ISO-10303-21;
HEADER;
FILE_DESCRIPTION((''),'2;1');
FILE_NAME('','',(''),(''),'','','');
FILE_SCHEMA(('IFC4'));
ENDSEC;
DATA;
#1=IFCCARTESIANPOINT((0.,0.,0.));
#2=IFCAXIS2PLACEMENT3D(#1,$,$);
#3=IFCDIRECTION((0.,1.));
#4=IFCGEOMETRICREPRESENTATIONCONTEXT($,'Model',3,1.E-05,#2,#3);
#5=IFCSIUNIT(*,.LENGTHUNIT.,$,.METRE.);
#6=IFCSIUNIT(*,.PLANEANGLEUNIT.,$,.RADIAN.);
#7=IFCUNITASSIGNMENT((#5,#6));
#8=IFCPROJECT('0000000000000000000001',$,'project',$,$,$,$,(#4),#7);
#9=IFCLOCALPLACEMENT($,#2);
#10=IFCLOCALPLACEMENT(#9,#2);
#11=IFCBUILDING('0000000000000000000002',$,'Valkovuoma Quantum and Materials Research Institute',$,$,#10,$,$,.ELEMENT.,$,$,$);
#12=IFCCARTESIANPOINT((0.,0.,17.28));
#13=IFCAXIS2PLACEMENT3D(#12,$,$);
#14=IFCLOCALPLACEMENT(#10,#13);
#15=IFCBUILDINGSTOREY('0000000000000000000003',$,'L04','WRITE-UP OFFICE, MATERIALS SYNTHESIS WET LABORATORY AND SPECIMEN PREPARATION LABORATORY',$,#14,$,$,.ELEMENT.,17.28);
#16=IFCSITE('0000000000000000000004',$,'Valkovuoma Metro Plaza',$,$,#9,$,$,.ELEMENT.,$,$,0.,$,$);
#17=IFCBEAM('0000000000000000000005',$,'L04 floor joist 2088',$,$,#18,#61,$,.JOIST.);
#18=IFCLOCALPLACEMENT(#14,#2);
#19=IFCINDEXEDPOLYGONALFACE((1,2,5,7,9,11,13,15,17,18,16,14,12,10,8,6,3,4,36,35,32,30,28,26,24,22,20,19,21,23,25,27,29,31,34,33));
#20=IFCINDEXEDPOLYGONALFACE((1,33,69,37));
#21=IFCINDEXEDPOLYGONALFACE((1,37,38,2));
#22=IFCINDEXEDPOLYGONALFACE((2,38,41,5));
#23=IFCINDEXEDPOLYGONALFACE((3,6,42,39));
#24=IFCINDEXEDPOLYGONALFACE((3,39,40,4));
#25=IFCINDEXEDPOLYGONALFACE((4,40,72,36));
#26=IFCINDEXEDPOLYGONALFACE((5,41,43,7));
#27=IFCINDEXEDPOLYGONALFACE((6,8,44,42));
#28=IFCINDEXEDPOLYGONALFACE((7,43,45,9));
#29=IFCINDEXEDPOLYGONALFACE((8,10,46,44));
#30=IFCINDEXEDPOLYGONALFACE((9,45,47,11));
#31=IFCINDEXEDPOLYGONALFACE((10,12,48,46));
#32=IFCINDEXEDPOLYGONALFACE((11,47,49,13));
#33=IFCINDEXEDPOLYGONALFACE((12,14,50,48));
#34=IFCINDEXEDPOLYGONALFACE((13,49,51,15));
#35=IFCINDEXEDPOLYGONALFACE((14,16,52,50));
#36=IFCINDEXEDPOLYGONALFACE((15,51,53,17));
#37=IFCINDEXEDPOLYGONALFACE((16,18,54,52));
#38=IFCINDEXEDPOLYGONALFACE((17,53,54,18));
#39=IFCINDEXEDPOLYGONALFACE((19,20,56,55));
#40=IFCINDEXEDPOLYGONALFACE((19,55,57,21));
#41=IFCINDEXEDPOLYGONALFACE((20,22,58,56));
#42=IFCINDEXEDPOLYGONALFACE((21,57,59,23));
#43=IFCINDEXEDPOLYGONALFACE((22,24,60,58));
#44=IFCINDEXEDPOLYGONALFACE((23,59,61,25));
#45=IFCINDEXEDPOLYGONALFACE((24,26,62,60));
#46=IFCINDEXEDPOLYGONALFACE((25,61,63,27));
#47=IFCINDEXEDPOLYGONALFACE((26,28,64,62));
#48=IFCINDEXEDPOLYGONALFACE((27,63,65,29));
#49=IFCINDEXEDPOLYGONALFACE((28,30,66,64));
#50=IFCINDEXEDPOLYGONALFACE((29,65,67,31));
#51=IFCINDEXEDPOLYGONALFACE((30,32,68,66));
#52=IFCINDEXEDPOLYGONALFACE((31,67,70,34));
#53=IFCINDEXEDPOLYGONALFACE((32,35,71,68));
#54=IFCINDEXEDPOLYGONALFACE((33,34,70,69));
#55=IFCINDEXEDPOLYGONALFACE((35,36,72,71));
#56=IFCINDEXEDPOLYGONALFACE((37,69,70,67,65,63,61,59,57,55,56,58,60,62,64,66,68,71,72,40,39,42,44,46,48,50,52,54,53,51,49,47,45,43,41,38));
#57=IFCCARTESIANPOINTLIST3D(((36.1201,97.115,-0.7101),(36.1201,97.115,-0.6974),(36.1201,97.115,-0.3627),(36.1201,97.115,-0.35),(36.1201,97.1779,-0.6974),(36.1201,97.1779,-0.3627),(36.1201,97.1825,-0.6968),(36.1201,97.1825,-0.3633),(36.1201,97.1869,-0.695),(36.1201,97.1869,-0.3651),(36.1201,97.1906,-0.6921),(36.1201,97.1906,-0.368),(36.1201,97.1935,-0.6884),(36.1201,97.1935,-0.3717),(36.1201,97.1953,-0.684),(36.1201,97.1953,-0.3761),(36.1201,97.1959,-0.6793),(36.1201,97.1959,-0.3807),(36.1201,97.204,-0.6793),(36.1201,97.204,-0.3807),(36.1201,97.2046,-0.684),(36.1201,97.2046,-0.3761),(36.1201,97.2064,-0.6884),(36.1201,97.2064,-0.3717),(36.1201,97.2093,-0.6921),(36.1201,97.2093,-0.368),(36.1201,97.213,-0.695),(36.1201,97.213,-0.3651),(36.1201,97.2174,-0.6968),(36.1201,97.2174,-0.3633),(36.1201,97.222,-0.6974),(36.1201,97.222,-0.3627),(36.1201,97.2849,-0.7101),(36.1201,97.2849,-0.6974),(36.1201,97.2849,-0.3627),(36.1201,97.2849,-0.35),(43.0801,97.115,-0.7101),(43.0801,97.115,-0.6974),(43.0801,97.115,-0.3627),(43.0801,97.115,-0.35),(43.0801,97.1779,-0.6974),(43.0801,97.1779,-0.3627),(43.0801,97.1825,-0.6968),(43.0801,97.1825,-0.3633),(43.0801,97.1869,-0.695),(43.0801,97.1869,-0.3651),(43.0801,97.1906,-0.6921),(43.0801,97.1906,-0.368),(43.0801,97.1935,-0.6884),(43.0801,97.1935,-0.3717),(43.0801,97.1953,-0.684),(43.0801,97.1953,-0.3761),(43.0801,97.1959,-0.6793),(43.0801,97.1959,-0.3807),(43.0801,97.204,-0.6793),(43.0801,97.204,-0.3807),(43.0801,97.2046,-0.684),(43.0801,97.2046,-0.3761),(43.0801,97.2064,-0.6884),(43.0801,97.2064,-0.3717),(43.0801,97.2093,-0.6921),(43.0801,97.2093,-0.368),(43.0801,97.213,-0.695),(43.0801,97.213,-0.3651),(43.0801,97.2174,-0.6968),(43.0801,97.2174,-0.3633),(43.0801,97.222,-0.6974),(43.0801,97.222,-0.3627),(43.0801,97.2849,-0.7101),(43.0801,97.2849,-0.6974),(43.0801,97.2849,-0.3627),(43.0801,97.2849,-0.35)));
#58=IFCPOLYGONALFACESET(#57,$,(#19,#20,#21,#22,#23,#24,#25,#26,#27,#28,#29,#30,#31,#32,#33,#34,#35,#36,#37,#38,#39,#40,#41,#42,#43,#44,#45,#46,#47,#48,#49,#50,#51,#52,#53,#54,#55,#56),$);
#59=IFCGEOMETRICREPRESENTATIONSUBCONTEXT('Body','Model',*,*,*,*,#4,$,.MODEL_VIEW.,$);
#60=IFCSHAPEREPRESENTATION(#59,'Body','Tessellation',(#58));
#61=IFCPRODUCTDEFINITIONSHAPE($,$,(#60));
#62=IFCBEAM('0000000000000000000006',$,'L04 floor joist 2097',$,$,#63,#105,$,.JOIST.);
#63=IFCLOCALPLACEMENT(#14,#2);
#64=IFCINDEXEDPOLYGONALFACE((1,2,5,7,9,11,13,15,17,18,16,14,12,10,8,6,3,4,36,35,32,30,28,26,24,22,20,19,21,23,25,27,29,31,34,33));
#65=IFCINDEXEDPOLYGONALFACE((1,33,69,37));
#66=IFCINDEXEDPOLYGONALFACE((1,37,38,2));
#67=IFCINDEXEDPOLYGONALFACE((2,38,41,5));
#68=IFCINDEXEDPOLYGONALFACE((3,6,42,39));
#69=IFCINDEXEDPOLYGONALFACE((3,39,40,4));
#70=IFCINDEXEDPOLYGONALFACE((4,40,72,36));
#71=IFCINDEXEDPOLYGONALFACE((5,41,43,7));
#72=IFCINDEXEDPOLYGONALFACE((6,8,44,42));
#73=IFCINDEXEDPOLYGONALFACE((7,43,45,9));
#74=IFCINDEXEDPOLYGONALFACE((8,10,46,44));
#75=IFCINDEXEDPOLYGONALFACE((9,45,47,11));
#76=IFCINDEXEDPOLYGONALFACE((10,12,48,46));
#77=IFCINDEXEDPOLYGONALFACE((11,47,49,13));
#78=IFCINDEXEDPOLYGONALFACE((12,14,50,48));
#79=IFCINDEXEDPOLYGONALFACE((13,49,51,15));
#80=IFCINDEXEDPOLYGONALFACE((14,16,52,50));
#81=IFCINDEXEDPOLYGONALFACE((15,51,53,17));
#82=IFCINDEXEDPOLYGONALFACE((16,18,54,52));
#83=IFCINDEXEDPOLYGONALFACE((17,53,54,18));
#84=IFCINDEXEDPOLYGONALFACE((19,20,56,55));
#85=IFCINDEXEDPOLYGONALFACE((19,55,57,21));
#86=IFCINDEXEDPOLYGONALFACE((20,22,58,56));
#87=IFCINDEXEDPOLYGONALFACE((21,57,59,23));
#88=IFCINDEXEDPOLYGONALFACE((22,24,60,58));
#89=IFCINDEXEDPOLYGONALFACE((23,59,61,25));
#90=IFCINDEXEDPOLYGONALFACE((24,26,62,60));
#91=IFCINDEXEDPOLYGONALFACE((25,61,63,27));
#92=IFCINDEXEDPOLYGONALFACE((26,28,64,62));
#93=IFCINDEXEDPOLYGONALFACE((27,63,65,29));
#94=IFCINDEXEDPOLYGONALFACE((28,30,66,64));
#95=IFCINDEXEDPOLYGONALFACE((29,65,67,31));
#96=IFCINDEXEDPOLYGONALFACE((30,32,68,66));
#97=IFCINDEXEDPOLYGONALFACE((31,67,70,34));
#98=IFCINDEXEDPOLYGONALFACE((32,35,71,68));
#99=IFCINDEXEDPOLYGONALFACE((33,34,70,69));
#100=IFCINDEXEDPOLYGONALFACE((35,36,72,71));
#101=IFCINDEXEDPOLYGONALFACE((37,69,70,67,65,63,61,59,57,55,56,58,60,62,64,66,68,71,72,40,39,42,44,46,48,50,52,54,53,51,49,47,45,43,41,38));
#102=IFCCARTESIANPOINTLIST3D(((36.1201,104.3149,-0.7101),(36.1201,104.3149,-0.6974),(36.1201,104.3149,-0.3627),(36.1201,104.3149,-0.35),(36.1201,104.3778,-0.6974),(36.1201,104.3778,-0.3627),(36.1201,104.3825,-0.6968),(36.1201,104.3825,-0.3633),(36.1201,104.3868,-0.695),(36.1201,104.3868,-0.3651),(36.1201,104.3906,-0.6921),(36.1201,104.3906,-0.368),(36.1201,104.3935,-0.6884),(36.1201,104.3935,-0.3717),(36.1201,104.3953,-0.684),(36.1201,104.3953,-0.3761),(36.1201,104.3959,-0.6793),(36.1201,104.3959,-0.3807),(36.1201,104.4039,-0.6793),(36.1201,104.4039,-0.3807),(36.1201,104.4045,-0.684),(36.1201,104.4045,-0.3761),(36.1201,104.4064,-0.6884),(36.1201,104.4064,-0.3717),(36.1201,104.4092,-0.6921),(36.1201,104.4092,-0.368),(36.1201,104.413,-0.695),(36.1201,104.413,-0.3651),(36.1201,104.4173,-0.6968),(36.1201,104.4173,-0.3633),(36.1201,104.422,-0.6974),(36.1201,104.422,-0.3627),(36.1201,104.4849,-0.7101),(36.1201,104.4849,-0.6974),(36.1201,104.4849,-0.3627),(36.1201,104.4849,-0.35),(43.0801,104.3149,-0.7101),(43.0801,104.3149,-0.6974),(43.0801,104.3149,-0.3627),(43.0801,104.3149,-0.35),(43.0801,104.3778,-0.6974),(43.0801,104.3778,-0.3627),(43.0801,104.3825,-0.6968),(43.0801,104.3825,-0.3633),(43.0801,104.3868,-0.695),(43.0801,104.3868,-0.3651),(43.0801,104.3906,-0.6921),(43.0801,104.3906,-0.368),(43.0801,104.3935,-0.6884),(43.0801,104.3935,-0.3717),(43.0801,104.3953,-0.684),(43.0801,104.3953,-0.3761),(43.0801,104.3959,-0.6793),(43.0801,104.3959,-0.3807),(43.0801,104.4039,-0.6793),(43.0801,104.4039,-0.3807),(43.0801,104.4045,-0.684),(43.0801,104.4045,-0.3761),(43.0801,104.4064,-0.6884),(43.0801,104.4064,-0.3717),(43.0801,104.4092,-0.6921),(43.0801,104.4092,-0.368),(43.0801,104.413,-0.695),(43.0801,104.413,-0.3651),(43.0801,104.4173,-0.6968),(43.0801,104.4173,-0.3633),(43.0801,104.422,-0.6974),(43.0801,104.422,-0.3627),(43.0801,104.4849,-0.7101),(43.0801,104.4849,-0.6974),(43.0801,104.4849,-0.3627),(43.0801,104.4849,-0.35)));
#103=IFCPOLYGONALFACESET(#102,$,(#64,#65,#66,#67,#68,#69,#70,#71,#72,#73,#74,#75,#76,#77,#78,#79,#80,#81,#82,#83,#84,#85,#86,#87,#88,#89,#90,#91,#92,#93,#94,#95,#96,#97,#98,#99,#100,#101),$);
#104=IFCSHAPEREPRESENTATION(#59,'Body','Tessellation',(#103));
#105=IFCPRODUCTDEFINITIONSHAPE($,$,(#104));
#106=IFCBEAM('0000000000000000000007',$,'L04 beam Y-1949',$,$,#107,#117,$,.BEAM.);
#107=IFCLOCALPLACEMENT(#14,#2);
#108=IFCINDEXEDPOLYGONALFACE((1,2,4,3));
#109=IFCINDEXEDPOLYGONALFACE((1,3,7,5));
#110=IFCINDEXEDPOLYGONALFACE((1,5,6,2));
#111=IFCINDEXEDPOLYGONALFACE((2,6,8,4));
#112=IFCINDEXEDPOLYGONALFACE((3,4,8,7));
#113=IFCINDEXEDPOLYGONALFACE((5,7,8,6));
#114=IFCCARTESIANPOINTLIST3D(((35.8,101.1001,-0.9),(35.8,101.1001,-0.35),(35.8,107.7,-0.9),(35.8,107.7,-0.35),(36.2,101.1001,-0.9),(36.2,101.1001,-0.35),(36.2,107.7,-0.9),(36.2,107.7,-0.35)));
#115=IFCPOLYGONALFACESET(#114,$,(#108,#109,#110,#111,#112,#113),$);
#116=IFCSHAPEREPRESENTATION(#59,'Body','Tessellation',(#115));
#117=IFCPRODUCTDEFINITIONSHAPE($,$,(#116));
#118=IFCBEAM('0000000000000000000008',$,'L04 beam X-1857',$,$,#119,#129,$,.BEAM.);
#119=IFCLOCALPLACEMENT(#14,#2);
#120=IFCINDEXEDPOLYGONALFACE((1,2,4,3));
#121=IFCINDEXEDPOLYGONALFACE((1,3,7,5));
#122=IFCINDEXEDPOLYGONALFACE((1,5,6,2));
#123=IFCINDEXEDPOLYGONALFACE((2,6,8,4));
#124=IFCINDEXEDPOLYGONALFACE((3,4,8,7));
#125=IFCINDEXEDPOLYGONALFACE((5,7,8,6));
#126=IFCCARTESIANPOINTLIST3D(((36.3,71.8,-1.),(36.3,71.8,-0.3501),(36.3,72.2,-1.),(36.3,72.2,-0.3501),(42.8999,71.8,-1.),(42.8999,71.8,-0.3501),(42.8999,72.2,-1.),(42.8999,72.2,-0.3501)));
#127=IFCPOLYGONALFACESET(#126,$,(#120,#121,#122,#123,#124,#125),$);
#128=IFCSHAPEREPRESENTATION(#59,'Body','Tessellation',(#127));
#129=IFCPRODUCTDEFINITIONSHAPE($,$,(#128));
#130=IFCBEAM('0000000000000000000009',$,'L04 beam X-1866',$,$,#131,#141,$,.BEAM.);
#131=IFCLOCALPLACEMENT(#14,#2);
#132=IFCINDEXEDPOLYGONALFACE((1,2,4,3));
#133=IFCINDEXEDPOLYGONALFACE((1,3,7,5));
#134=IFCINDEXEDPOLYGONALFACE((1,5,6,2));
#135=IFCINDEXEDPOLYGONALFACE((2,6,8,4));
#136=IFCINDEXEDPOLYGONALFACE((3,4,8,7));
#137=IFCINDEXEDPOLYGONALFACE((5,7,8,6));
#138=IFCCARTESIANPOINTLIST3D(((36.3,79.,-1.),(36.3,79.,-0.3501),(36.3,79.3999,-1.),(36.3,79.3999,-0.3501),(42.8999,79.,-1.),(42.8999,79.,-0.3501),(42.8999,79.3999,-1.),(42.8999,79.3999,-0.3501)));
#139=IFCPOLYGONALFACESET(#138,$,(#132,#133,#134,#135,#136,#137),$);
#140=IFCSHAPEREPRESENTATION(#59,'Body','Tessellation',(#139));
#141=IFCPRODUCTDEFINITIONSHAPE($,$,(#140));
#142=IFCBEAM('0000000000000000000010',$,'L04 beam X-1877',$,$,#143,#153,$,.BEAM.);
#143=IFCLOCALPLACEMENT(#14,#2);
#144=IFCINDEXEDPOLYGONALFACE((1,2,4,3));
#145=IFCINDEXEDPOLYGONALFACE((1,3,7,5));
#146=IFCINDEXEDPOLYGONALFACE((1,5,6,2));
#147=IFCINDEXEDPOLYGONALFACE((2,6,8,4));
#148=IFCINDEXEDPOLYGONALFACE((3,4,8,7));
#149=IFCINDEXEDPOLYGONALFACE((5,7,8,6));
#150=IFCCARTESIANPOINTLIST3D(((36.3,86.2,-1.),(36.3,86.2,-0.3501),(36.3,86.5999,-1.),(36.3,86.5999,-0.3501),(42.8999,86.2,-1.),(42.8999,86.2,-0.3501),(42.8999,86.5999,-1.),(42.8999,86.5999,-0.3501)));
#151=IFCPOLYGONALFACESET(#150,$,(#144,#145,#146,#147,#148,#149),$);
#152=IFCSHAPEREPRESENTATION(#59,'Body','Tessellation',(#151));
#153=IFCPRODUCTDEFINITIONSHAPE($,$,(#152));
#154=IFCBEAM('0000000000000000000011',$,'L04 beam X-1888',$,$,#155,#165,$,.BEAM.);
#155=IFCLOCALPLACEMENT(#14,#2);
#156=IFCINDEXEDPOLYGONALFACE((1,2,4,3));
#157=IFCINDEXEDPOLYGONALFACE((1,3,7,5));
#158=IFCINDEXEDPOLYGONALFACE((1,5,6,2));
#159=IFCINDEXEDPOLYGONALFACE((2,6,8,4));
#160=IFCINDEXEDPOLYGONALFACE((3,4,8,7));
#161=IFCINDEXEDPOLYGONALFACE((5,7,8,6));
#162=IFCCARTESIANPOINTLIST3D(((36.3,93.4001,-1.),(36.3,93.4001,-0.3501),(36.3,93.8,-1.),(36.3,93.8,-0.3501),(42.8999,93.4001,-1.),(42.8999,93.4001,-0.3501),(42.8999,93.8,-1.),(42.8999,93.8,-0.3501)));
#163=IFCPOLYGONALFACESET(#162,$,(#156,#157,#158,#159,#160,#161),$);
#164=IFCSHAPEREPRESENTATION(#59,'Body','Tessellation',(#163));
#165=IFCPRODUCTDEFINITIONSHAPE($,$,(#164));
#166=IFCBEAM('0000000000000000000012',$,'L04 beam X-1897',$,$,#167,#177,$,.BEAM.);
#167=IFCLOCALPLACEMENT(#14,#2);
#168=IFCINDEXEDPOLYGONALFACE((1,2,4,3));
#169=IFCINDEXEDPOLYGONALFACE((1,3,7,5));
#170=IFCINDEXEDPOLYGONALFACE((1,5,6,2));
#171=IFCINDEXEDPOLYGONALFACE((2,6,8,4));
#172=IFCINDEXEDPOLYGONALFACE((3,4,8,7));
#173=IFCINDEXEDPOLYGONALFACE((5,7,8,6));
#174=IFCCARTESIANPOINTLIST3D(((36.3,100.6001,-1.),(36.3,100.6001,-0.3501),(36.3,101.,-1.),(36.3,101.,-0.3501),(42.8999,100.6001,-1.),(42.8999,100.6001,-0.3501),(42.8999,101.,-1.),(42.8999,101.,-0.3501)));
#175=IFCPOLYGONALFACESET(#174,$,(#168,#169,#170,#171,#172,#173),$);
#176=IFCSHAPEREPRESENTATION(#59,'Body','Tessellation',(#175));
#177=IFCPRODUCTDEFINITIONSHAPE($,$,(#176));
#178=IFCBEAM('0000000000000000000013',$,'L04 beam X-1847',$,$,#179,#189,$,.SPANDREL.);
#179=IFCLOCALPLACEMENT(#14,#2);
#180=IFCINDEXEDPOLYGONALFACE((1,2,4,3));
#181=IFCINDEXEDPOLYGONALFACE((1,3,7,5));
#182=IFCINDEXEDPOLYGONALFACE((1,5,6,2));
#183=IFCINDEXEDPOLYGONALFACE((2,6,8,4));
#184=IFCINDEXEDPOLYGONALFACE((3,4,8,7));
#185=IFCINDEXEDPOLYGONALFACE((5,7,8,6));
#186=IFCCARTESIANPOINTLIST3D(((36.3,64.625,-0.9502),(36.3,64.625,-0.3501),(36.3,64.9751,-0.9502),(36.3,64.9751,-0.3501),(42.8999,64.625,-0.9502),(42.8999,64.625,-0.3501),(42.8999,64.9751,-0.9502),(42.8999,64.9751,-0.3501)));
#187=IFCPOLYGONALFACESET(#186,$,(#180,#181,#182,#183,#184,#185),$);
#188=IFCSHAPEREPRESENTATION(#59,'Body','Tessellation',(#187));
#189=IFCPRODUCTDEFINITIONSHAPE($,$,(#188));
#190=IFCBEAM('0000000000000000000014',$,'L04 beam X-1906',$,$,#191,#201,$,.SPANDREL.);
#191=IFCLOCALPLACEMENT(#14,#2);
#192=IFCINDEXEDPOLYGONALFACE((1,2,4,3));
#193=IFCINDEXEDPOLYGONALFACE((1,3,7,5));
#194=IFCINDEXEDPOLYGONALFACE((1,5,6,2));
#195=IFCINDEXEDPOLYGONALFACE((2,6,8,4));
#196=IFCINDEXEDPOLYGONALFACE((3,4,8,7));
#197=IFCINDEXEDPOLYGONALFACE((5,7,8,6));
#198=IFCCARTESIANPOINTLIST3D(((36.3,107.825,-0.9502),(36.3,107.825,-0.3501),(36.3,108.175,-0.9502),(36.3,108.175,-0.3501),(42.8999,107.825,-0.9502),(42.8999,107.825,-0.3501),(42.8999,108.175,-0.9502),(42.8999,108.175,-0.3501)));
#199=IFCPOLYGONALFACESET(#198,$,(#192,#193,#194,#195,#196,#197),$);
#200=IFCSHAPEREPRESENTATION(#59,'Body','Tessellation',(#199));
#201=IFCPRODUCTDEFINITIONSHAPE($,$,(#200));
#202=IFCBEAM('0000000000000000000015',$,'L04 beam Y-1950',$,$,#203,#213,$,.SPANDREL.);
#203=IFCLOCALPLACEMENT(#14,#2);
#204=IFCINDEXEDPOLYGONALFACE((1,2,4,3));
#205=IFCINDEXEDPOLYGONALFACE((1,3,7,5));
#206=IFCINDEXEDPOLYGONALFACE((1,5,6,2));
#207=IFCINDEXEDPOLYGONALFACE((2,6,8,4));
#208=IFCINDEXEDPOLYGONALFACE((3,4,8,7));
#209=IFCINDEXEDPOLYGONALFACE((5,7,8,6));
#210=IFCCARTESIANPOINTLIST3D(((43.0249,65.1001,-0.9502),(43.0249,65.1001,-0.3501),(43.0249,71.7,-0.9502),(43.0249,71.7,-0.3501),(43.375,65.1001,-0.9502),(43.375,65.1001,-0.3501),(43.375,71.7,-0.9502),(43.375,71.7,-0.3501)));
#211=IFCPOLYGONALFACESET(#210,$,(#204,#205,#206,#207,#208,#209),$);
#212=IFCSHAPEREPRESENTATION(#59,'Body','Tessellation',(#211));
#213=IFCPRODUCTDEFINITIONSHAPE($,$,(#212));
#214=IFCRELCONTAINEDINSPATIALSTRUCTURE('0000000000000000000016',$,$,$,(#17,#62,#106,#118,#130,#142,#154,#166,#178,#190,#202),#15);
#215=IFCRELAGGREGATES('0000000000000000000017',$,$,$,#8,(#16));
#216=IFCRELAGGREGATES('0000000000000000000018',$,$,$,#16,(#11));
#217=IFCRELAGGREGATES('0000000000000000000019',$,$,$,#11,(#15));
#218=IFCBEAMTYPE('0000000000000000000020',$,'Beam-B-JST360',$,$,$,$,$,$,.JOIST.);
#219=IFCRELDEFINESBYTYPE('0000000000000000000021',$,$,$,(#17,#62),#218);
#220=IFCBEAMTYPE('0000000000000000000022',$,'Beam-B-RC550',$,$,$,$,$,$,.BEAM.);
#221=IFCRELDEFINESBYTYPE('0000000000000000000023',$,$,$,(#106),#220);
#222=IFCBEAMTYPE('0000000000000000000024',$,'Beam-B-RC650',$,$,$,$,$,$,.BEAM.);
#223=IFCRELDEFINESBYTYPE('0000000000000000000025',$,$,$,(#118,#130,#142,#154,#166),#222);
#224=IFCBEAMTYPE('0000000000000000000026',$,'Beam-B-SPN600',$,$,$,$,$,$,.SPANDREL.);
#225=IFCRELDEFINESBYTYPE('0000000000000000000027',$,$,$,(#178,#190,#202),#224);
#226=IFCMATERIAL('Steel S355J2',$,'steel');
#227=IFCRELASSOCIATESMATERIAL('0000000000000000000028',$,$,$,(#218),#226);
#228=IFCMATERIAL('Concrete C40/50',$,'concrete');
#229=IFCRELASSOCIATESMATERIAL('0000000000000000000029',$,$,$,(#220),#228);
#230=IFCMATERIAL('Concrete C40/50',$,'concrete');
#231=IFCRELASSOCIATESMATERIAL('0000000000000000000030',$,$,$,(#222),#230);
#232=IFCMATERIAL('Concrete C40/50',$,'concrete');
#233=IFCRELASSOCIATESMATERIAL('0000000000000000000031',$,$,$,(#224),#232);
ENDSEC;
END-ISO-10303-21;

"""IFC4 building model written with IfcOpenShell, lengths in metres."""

from ifc_helpers import new_model, si_unit, direction, frame, origin, origin_2d, place, context, subcontext, project, spatial, rectangle, i_section, extrude, material, material_profile, profile_set, type_object, element, save


model = new_model("IFC4")

# Units and contexts
model_context = context("Model", 3, precision=1e-05, world=origin(), true_north=direction((0.0, 1.0)))
body_context = subcontext(model_context, "Body", "Model", "MODEL_VIEW")
ifc_project = project(units=[si_unit("LENGTHUNIT", "METRE"), si_unit("PLANEANGLEUNIT", "RADIAN")], contexts=[model_context])

# Site, building, storey
site_placement = place(None, origin())
site = spatial("IfcSite", under=ifc_project, at=site_placement, Name="Valkovuoma Metro Plaza", CompositionType="ELEMENT", RefElevation=0.0)
building_placement = place(site_placement, origin())
building = spatial("IfcBuilding", under=site, at=building_placement, Name="Valkovuoma Quantum and Materials Research Institute", CompositionType="ELEMENT")
storey_placement = place(building_placement, frame((0.0, 0.0, 17.28)))
storey = spatial("IfcBuildingStorey", under=building, at=storey_placement, Name="L04", Description="WRITE-UP OFFICE, MATERIALS SYNTHESIS WET LABORATORY AND SPECIMEN PREPARATION LABORATORY", CompositionType="ELEMENT", Elevation=17.28)

# Beams
ifc_material_1 = material(Name="Steel S355J2", Category="steel")
ifc_material_profile_1 = material_profile(ifc_material_1, i_section(OverallWidth=0.1699, OverallDepth=0.3601, WebThickness=0.0081, FlangeThickness=0.0127, FilletRadius=0.0181, at=origin_2d()), Name="Steel S355J2")
ifc_profile_set_1 = profile_set([ifc_material_profile_1], Name="Steel S355J2")
beam_type_1 = type_object("IfcBeamType", Name="Beam-B-JST360", PredefinedType="JOIST", material=ifc_profile_set_1)
for number, where, z_axis, x_axis, name in (
    (1, (36.1201, 97.2, -0.53), (1.0, 0.0, 0.0), (0.0, 1.0, 0.0), "L04 floor joist 2088"),
    (2, (36.1201, 104.3999, -0.53), (1.0, 0.0, 0.0), (0.0, 1.0, 0.0), "L04 floor joist 2097"),
):
    element("IfcBeam", number, at=place(storey_placement, frame(where, z_axis=z_axis, x_axis=x_axis)), inside=storey, type_object=beam_type_1, Name=name, PredefinedType="JOIST", context=body_context, shape_type="SweptSolid", body=[
        extrude(i_section(OverallWidth=0.1699, OverallDepth=0.3601, WebThickness=0.0081, FlangeThickness=0.0127, FilletRadius=0.0181, at=origin_2d()), origin(), (0.0, 0.0, 1.0), 6.96),
    ])
ifc_material_2 = material(Name="Concrete C40/50", Category="concrete")
ifc_material_profile_2 = material_profile(ifc_material_2, rectangle(XDim=0.3999, YDim=0.55, at=origin_2d()), Name="Concrete C40/50")
ifc_profile_set_2 = profile_set([ifc_material_profile_2], Name="Concrete C40/50")
beam_type_2 = type_object("IfcBeamType", Name="Beam-B-RC550", PredefinedType="BEAM", material=ifc_profile_set_2)
beam_1_placement = place(storey_placement, frame((36.0, 101.1001, -0.625), z_axis=(0.0, 1.0, 0.0), x_axis=(-1.0, 0.0, 0.0)))
element("IfcBeam", 3, at=beam_1_placement, inside=storey, type_object=beam_type_2, Name="L04 beam Y-1949", PredefinedType="BEAM", context=body_context, shape_type="SweptSolid", body=[
    extrude(rectangle(XDim=0.3999, YDim=0.55, at=origin_2d()), origin(), (0.0, 0.0, 1.0), 6.5999),
])
ifc_material_3 = material(Name="Concrete C40/50", Category="concrete")
ifc_material_profile_3 = material_profile(ifc_material_3, rectangle(XDim=0.3999, YDim=0.6499, at=origin_2d()), Name="Concrete C40/50")
ifc_profile_set_3 = profile_set([ifc_material_profile_3], Name="Concrete C40/50")
beam_type_3 = type_object("IfcBeamType", Name="Beam-B-RC650", PredefinedType="BEAM", material=ifc_profile_set_3)
for number, where, z_axis, x_axis, name in (
    (4, (36.3, 72.0, -0.675), (1.0, 0.0, 0.0), (0.0, 1.0, 0.0), "L04 beam X-1857"),
    (5, (36.3, 79.2, -0.675), (1.0, 0.0, 0.0), (0.0, 1.0, 0.0), "L04 beam X-1866"),
    (6, (36.3, 86.3999, -0.675), (1.0, 0.0, 0.0), (0.0, 1.0, 0.0), "L04 beam X-1877"),
    (7, (36.3, 93.6001, -0.675), (1.0, 0.0, 0.0), (0.0, 1.0, 0.0), "L04 beam X-1888"),
    (8, (36.3, 100.8, -0.675), (1.0, 0.0, 0.0), (0.0, 1.0, 0.0), "L04 beam X-1897"),
):
    element("IfcBeam", number, at=place(storey_placement, frame(where, z_axis=z_axis, x_axis=x_axis)), inside=storey, type_object=beam_type_3, Name=name, PredefinedType="BEAM", context=body_context, shape_type="SweptSolid", body=[
        extrude(rectangle(XDim=0.3999, YDim=0.6499, at=origin_2d()), origin(), (0.0, 0.0, 1.0), 6.5999),
    ])
ifc_material_4 = material(Name="Concrete C40/50", Category="concrete")
ifc_material_profile_4 = material_profile(ifc_material_4, rectangle(XDim=0.3501, YDim=0.6001, at=origin_2d()), Name="Concrete C40/50")
ifc_profile_set_4 = profile_set([ifc_material_profile_4], Name="Concrete C40/50")
beam_type_4 = type_object("IfcBeamType", Name="Beam-B-SPN600", PredefinedType="SPANDREL", material=ifc_profile_set_4)
for number, where, z_axis, x_axis, name in (
    (9, (36.3, 64.8, -0.6501), (1.0, 0.0, 0.0), (0.0, 1.0, 0.0), "L04 beam X-1847"),
    (10, (36.3, 108.0, -0.6501), (1.0, 0.0, 0.0), (0.0, 1.0, 0.0), "L04 beam X-1906"),
    (11, (43.2, 65.1001, -0.6501), (0.0, 1.0, 0.0), (-1.0, 0.0, 0.0), "L04 beam Y-1950"),
):
    element("IfcBeam", number, at=place(storey_placement, frame(where, z_axis=z_axis, x_axis=x_axis)), inside=storey, type_object=beam_type_4, Name=name, PredefinedType="SPANDREL", context=body_context, shape_type="SweptSolid", body=[
        extrude(rectangle(XDim=0.3501, YDim=0.6001, at=origin_2d()), origin(), (0.0, 0.0, 1.0), 6.5999),
    ])

save(model, "model.ifc")
